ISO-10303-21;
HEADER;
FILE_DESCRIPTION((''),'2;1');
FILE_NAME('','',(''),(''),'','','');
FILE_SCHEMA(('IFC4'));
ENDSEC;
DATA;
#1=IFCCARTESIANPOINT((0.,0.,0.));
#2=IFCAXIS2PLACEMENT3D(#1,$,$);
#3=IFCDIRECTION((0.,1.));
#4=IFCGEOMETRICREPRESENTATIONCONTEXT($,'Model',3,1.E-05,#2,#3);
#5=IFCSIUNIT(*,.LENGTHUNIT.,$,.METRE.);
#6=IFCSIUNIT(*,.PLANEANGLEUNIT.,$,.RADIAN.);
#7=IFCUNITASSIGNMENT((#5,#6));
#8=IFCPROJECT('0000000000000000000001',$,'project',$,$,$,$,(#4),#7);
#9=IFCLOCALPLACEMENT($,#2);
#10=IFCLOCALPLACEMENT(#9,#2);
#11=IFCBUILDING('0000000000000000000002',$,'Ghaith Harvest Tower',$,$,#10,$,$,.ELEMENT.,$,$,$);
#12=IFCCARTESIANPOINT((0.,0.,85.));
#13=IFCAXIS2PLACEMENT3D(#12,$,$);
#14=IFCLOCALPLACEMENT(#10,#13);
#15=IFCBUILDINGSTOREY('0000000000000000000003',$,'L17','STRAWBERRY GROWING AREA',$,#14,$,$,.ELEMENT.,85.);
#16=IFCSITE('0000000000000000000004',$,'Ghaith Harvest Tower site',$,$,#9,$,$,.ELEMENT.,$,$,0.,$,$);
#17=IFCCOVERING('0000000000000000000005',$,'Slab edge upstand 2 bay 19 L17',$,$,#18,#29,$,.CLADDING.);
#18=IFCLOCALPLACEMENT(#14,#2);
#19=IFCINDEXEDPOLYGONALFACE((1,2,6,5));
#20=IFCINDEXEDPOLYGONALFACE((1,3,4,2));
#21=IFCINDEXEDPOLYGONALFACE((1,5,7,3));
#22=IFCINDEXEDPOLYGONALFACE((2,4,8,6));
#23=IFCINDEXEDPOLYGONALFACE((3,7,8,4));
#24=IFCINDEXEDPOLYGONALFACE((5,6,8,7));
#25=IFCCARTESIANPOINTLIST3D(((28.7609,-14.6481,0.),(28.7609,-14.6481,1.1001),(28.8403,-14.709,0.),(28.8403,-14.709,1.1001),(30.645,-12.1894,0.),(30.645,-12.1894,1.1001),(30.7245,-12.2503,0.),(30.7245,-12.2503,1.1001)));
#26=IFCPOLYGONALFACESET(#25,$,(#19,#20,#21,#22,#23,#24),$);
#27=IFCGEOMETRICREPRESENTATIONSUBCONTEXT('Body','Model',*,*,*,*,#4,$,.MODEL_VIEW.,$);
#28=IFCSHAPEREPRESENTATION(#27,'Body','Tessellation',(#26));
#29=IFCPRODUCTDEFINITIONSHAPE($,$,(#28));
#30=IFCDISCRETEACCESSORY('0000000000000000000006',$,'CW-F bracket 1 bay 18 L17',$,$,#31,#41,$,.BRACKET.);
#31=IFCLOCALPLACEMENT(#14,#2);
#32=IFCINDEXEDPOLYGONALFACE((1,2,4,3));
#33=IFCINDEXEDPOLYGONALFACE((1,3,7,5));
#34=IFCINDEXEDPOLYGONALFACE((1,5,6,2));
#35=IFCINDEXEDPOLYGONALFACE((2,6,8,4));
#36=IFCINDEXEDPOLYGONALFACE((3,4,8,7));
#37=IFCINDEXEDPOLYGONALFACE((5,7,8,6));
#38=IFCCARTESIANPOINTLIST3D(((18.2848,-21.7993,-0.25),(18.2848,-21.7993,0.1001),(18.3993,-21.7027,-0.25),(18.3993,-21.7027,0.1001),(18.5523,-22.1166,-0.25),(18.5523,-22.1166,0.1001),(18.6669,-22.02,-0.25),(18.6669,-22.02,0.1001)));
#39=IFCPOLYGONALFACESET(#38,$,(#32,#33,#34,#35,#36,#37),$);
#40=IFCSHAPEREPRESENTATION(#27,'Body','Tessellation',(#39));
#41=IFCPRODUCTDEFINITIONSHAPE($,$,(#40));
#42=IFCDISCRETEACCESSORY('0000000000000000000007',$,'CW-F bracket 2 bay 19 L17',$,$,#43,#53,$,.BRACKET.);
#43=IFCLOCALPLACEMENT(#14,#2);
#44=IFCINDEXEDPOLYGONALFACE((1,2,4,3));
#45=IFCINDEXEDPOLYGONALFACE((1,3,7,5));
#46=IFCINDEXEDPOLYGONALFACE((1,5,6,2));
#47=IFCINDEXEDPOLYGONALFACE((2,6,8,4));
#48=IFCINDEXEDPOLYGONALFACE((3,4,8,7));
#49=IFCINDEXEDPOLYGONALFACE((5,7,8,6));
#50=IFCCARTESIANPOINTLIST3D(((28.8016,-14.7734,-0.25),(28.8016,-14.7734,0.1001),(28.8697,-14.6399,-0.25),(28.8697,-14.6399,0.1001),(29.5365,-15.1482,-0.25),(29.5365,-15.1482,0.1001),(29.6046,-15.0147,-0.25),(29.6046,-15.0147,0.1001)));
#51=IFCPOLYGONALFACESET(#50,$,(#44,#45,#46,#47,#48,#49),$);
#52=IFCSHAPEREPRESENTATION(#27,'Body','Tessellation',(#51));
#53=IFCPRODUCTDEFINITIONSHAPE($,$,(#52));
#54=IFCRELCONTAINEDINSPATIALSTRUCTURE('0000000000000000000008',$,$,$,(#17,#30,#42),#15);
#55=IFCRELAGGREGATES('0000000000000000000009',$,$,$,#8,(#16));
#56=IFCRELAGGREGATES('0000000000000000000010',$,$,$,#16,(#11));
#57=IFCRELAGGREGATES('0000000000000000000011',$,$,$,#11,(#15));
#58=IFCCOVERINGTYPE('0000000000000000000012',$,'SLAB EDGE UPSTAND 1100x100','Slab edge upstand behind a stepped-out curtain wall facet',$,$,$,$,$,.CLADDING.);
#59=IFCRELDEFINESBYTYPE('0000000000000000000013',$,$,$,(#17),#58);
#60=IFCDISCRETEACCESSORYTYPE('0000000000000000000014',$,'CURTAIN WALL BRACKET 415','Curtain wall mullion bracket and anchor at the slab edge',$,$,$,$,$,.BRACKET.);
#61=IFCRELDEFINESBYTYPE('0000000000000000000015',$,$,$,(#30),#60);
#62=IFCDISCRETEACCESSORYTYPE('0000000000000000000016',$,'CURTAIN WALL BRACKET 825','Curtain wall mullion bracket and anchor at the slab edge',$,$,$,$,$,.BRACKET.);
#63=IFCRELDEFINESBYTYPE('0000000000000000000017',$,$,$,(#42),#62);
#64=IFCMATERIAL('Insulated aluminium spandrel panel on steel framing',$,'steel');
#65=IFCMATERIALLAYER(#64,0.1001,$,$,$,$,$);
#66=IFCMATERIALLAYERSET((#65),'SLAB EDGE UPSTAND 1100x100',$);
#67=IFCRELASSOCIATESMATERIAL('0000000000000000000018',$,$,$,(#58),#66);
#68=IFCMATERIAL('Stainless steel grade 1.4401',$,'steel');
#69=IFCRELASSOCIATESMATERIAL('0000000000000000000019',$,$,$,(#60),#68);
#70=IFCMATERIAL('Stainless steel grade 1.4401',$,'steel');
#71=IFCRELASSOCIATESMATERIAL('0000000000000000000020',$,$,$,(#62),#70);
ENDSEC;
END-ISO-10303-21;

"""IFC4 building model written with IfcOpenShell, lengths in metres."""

from ifc_helpers import new_model, si_unit, direction, frame, origin, origin_2d, place, context, subcontext, project, spatial, rectangle, extrude, material, layer, layer_set, type_object, element, save


model = new_model("IFC4")

# Units and contexts
model_context = context("Model", 3, precision=1e-05, world=origin(), true_north=direction((0.0, 1.0)))
body_context = subcontext(model_context, "Body", "Model", "MODEL_VIEW")
ifc_project = project(units=[si_unit("LENGTHUNIT", "METRE"), si_unit("PLANEANGLEUNIT", "RADIAN")], contexts=[model_context])

# Site, building, storey
site_placement = place(None, origin())
site = spatial("IfcSite", under=ifc_project, at=site_placement, Name="Ghaith Harvest Tower site", CompositionType="ELEMENT", RefElevation=0.0)
building_placement = place(site_placement, origin())
building = spatial("IfcBuilding", under=site, at=building_placement, Name="Ghaith Harvest Tower", CompositionType="ELEMENT")
storey_placement = place(building_placement, frame((0.0, 0.0, 85.0)))
storey = spatial("IfcBuildingStorey", under=building, at=storey_placement, Name="L17", Description="STRAWBERRY GROWING AREA", CompositionType="ELEMENT", Elevation=85.0)

# Covering
ifc_material_1 = material(Name="Insulated aluminium spandrel panel on steel framing", Category="steel")
ifc_layer_1 = layer(ifc_material_1, 0.1001)
ifc_layer_set_1 = layer_set([ifc_layer_1], Name="SLAB EDGE UPSTAND 1100x100")
covering_type = type_object("IfcCoveringType", Name="SLAB EDGE UPSTAND 1100x100", Description="Slab edge upstand behind a stepped-out curtain wall facet", PredefinedType="CLADDING", material=ifc_layer_set_1)
covering_1_placement = place(storey_placement, frame((29.7427, -13.4492, 0.0), z_axis=(0.0, 0.0, 1.0), x_axis=(0.608255, 0.793742, 0.0)))
element("IfcCovering", 1, at=covering_1_placement, inside=storey, type_object=covering_type, Name="Slab edge upstand 2 bay 19 L17", PredefinedType="CLADDING", context=body_context, shape_type="SweptSolid", body=[
    extrude(rectangle(XDim=3.0977, YDim=0.1001, at=origin_2d()), origin(), (0.0, 0.0, 1.0), 1.1001),
])

# Discrete accessories
ifc_material_2 = material(Name="Stainless steel grade 1.4401", Category="steel")
discrete_accessory_type_1 = type_object("IfcDiscreteAccessoryType", Name="CURTAIN WALL BRACKET 415", Description="Curtain wall mullion bracket and anchor at the slab edge", PredefinedType="BRACKET", material=ifc_material_2)
discrete_accessory_1_placement = place(storey_placement, frame((18.4758, -21.9097, -0.25), z_axis=(0.0, 0.0, 1.0), x_axis=(0.644657, -0.764472, 0.0)))
element("IfcDiscreteAccessory", 2, at=discrete_accessory_1_placement, inside=storey, type_object=discrete_accessory_type_1, Name="CW-F bracket 1 bay 18 L17", PredefinedType="BRACKET", context=body_context, shape_type="SweptSolid", body=[
    extrude(rectangle(XDim=0.415, YDim=0.1499, at=origin_2d()), origin(), (0.0, 0.0, 1.0), 0.3501),
])
ifc_material_3 = material(Name="Stainless steel grade 1.4401", Category="steel")
discrete_accessory_type_2 = type_object("IfcDiscreteAccessoryType", Name="CURTAIN WALL BRACKET 825", Description="Curtain wall mullion bracket and anchor at the slab edge", PredefinedType="BRACKET", material=ifc_material_3)
discrete_accessory_2_placement = place(storey_placement, frame((29.2031, -14.894, -0.25), z_axis=(0.0, 0.0, 1.0), x_axis=(0.890831, -0.454335, 0.0)))
element("IfcDiscreteAccessory", 3, at=discrete_accessory_2_placement, inside=storey, type_object=discrete_accessory_type_2, Name="CW-F bracket 2 bay 19 L17", PredefinedType="BRACKET", context=body_context, shape_type="SweptSolid", body=[
    extrude(rectangle(XDim=0.825, YDim=0.1499, at=origin_2d()), origin(), (0.0, 0.0, 1.0), 0.3501),
])

save(model, "model.ifc")
